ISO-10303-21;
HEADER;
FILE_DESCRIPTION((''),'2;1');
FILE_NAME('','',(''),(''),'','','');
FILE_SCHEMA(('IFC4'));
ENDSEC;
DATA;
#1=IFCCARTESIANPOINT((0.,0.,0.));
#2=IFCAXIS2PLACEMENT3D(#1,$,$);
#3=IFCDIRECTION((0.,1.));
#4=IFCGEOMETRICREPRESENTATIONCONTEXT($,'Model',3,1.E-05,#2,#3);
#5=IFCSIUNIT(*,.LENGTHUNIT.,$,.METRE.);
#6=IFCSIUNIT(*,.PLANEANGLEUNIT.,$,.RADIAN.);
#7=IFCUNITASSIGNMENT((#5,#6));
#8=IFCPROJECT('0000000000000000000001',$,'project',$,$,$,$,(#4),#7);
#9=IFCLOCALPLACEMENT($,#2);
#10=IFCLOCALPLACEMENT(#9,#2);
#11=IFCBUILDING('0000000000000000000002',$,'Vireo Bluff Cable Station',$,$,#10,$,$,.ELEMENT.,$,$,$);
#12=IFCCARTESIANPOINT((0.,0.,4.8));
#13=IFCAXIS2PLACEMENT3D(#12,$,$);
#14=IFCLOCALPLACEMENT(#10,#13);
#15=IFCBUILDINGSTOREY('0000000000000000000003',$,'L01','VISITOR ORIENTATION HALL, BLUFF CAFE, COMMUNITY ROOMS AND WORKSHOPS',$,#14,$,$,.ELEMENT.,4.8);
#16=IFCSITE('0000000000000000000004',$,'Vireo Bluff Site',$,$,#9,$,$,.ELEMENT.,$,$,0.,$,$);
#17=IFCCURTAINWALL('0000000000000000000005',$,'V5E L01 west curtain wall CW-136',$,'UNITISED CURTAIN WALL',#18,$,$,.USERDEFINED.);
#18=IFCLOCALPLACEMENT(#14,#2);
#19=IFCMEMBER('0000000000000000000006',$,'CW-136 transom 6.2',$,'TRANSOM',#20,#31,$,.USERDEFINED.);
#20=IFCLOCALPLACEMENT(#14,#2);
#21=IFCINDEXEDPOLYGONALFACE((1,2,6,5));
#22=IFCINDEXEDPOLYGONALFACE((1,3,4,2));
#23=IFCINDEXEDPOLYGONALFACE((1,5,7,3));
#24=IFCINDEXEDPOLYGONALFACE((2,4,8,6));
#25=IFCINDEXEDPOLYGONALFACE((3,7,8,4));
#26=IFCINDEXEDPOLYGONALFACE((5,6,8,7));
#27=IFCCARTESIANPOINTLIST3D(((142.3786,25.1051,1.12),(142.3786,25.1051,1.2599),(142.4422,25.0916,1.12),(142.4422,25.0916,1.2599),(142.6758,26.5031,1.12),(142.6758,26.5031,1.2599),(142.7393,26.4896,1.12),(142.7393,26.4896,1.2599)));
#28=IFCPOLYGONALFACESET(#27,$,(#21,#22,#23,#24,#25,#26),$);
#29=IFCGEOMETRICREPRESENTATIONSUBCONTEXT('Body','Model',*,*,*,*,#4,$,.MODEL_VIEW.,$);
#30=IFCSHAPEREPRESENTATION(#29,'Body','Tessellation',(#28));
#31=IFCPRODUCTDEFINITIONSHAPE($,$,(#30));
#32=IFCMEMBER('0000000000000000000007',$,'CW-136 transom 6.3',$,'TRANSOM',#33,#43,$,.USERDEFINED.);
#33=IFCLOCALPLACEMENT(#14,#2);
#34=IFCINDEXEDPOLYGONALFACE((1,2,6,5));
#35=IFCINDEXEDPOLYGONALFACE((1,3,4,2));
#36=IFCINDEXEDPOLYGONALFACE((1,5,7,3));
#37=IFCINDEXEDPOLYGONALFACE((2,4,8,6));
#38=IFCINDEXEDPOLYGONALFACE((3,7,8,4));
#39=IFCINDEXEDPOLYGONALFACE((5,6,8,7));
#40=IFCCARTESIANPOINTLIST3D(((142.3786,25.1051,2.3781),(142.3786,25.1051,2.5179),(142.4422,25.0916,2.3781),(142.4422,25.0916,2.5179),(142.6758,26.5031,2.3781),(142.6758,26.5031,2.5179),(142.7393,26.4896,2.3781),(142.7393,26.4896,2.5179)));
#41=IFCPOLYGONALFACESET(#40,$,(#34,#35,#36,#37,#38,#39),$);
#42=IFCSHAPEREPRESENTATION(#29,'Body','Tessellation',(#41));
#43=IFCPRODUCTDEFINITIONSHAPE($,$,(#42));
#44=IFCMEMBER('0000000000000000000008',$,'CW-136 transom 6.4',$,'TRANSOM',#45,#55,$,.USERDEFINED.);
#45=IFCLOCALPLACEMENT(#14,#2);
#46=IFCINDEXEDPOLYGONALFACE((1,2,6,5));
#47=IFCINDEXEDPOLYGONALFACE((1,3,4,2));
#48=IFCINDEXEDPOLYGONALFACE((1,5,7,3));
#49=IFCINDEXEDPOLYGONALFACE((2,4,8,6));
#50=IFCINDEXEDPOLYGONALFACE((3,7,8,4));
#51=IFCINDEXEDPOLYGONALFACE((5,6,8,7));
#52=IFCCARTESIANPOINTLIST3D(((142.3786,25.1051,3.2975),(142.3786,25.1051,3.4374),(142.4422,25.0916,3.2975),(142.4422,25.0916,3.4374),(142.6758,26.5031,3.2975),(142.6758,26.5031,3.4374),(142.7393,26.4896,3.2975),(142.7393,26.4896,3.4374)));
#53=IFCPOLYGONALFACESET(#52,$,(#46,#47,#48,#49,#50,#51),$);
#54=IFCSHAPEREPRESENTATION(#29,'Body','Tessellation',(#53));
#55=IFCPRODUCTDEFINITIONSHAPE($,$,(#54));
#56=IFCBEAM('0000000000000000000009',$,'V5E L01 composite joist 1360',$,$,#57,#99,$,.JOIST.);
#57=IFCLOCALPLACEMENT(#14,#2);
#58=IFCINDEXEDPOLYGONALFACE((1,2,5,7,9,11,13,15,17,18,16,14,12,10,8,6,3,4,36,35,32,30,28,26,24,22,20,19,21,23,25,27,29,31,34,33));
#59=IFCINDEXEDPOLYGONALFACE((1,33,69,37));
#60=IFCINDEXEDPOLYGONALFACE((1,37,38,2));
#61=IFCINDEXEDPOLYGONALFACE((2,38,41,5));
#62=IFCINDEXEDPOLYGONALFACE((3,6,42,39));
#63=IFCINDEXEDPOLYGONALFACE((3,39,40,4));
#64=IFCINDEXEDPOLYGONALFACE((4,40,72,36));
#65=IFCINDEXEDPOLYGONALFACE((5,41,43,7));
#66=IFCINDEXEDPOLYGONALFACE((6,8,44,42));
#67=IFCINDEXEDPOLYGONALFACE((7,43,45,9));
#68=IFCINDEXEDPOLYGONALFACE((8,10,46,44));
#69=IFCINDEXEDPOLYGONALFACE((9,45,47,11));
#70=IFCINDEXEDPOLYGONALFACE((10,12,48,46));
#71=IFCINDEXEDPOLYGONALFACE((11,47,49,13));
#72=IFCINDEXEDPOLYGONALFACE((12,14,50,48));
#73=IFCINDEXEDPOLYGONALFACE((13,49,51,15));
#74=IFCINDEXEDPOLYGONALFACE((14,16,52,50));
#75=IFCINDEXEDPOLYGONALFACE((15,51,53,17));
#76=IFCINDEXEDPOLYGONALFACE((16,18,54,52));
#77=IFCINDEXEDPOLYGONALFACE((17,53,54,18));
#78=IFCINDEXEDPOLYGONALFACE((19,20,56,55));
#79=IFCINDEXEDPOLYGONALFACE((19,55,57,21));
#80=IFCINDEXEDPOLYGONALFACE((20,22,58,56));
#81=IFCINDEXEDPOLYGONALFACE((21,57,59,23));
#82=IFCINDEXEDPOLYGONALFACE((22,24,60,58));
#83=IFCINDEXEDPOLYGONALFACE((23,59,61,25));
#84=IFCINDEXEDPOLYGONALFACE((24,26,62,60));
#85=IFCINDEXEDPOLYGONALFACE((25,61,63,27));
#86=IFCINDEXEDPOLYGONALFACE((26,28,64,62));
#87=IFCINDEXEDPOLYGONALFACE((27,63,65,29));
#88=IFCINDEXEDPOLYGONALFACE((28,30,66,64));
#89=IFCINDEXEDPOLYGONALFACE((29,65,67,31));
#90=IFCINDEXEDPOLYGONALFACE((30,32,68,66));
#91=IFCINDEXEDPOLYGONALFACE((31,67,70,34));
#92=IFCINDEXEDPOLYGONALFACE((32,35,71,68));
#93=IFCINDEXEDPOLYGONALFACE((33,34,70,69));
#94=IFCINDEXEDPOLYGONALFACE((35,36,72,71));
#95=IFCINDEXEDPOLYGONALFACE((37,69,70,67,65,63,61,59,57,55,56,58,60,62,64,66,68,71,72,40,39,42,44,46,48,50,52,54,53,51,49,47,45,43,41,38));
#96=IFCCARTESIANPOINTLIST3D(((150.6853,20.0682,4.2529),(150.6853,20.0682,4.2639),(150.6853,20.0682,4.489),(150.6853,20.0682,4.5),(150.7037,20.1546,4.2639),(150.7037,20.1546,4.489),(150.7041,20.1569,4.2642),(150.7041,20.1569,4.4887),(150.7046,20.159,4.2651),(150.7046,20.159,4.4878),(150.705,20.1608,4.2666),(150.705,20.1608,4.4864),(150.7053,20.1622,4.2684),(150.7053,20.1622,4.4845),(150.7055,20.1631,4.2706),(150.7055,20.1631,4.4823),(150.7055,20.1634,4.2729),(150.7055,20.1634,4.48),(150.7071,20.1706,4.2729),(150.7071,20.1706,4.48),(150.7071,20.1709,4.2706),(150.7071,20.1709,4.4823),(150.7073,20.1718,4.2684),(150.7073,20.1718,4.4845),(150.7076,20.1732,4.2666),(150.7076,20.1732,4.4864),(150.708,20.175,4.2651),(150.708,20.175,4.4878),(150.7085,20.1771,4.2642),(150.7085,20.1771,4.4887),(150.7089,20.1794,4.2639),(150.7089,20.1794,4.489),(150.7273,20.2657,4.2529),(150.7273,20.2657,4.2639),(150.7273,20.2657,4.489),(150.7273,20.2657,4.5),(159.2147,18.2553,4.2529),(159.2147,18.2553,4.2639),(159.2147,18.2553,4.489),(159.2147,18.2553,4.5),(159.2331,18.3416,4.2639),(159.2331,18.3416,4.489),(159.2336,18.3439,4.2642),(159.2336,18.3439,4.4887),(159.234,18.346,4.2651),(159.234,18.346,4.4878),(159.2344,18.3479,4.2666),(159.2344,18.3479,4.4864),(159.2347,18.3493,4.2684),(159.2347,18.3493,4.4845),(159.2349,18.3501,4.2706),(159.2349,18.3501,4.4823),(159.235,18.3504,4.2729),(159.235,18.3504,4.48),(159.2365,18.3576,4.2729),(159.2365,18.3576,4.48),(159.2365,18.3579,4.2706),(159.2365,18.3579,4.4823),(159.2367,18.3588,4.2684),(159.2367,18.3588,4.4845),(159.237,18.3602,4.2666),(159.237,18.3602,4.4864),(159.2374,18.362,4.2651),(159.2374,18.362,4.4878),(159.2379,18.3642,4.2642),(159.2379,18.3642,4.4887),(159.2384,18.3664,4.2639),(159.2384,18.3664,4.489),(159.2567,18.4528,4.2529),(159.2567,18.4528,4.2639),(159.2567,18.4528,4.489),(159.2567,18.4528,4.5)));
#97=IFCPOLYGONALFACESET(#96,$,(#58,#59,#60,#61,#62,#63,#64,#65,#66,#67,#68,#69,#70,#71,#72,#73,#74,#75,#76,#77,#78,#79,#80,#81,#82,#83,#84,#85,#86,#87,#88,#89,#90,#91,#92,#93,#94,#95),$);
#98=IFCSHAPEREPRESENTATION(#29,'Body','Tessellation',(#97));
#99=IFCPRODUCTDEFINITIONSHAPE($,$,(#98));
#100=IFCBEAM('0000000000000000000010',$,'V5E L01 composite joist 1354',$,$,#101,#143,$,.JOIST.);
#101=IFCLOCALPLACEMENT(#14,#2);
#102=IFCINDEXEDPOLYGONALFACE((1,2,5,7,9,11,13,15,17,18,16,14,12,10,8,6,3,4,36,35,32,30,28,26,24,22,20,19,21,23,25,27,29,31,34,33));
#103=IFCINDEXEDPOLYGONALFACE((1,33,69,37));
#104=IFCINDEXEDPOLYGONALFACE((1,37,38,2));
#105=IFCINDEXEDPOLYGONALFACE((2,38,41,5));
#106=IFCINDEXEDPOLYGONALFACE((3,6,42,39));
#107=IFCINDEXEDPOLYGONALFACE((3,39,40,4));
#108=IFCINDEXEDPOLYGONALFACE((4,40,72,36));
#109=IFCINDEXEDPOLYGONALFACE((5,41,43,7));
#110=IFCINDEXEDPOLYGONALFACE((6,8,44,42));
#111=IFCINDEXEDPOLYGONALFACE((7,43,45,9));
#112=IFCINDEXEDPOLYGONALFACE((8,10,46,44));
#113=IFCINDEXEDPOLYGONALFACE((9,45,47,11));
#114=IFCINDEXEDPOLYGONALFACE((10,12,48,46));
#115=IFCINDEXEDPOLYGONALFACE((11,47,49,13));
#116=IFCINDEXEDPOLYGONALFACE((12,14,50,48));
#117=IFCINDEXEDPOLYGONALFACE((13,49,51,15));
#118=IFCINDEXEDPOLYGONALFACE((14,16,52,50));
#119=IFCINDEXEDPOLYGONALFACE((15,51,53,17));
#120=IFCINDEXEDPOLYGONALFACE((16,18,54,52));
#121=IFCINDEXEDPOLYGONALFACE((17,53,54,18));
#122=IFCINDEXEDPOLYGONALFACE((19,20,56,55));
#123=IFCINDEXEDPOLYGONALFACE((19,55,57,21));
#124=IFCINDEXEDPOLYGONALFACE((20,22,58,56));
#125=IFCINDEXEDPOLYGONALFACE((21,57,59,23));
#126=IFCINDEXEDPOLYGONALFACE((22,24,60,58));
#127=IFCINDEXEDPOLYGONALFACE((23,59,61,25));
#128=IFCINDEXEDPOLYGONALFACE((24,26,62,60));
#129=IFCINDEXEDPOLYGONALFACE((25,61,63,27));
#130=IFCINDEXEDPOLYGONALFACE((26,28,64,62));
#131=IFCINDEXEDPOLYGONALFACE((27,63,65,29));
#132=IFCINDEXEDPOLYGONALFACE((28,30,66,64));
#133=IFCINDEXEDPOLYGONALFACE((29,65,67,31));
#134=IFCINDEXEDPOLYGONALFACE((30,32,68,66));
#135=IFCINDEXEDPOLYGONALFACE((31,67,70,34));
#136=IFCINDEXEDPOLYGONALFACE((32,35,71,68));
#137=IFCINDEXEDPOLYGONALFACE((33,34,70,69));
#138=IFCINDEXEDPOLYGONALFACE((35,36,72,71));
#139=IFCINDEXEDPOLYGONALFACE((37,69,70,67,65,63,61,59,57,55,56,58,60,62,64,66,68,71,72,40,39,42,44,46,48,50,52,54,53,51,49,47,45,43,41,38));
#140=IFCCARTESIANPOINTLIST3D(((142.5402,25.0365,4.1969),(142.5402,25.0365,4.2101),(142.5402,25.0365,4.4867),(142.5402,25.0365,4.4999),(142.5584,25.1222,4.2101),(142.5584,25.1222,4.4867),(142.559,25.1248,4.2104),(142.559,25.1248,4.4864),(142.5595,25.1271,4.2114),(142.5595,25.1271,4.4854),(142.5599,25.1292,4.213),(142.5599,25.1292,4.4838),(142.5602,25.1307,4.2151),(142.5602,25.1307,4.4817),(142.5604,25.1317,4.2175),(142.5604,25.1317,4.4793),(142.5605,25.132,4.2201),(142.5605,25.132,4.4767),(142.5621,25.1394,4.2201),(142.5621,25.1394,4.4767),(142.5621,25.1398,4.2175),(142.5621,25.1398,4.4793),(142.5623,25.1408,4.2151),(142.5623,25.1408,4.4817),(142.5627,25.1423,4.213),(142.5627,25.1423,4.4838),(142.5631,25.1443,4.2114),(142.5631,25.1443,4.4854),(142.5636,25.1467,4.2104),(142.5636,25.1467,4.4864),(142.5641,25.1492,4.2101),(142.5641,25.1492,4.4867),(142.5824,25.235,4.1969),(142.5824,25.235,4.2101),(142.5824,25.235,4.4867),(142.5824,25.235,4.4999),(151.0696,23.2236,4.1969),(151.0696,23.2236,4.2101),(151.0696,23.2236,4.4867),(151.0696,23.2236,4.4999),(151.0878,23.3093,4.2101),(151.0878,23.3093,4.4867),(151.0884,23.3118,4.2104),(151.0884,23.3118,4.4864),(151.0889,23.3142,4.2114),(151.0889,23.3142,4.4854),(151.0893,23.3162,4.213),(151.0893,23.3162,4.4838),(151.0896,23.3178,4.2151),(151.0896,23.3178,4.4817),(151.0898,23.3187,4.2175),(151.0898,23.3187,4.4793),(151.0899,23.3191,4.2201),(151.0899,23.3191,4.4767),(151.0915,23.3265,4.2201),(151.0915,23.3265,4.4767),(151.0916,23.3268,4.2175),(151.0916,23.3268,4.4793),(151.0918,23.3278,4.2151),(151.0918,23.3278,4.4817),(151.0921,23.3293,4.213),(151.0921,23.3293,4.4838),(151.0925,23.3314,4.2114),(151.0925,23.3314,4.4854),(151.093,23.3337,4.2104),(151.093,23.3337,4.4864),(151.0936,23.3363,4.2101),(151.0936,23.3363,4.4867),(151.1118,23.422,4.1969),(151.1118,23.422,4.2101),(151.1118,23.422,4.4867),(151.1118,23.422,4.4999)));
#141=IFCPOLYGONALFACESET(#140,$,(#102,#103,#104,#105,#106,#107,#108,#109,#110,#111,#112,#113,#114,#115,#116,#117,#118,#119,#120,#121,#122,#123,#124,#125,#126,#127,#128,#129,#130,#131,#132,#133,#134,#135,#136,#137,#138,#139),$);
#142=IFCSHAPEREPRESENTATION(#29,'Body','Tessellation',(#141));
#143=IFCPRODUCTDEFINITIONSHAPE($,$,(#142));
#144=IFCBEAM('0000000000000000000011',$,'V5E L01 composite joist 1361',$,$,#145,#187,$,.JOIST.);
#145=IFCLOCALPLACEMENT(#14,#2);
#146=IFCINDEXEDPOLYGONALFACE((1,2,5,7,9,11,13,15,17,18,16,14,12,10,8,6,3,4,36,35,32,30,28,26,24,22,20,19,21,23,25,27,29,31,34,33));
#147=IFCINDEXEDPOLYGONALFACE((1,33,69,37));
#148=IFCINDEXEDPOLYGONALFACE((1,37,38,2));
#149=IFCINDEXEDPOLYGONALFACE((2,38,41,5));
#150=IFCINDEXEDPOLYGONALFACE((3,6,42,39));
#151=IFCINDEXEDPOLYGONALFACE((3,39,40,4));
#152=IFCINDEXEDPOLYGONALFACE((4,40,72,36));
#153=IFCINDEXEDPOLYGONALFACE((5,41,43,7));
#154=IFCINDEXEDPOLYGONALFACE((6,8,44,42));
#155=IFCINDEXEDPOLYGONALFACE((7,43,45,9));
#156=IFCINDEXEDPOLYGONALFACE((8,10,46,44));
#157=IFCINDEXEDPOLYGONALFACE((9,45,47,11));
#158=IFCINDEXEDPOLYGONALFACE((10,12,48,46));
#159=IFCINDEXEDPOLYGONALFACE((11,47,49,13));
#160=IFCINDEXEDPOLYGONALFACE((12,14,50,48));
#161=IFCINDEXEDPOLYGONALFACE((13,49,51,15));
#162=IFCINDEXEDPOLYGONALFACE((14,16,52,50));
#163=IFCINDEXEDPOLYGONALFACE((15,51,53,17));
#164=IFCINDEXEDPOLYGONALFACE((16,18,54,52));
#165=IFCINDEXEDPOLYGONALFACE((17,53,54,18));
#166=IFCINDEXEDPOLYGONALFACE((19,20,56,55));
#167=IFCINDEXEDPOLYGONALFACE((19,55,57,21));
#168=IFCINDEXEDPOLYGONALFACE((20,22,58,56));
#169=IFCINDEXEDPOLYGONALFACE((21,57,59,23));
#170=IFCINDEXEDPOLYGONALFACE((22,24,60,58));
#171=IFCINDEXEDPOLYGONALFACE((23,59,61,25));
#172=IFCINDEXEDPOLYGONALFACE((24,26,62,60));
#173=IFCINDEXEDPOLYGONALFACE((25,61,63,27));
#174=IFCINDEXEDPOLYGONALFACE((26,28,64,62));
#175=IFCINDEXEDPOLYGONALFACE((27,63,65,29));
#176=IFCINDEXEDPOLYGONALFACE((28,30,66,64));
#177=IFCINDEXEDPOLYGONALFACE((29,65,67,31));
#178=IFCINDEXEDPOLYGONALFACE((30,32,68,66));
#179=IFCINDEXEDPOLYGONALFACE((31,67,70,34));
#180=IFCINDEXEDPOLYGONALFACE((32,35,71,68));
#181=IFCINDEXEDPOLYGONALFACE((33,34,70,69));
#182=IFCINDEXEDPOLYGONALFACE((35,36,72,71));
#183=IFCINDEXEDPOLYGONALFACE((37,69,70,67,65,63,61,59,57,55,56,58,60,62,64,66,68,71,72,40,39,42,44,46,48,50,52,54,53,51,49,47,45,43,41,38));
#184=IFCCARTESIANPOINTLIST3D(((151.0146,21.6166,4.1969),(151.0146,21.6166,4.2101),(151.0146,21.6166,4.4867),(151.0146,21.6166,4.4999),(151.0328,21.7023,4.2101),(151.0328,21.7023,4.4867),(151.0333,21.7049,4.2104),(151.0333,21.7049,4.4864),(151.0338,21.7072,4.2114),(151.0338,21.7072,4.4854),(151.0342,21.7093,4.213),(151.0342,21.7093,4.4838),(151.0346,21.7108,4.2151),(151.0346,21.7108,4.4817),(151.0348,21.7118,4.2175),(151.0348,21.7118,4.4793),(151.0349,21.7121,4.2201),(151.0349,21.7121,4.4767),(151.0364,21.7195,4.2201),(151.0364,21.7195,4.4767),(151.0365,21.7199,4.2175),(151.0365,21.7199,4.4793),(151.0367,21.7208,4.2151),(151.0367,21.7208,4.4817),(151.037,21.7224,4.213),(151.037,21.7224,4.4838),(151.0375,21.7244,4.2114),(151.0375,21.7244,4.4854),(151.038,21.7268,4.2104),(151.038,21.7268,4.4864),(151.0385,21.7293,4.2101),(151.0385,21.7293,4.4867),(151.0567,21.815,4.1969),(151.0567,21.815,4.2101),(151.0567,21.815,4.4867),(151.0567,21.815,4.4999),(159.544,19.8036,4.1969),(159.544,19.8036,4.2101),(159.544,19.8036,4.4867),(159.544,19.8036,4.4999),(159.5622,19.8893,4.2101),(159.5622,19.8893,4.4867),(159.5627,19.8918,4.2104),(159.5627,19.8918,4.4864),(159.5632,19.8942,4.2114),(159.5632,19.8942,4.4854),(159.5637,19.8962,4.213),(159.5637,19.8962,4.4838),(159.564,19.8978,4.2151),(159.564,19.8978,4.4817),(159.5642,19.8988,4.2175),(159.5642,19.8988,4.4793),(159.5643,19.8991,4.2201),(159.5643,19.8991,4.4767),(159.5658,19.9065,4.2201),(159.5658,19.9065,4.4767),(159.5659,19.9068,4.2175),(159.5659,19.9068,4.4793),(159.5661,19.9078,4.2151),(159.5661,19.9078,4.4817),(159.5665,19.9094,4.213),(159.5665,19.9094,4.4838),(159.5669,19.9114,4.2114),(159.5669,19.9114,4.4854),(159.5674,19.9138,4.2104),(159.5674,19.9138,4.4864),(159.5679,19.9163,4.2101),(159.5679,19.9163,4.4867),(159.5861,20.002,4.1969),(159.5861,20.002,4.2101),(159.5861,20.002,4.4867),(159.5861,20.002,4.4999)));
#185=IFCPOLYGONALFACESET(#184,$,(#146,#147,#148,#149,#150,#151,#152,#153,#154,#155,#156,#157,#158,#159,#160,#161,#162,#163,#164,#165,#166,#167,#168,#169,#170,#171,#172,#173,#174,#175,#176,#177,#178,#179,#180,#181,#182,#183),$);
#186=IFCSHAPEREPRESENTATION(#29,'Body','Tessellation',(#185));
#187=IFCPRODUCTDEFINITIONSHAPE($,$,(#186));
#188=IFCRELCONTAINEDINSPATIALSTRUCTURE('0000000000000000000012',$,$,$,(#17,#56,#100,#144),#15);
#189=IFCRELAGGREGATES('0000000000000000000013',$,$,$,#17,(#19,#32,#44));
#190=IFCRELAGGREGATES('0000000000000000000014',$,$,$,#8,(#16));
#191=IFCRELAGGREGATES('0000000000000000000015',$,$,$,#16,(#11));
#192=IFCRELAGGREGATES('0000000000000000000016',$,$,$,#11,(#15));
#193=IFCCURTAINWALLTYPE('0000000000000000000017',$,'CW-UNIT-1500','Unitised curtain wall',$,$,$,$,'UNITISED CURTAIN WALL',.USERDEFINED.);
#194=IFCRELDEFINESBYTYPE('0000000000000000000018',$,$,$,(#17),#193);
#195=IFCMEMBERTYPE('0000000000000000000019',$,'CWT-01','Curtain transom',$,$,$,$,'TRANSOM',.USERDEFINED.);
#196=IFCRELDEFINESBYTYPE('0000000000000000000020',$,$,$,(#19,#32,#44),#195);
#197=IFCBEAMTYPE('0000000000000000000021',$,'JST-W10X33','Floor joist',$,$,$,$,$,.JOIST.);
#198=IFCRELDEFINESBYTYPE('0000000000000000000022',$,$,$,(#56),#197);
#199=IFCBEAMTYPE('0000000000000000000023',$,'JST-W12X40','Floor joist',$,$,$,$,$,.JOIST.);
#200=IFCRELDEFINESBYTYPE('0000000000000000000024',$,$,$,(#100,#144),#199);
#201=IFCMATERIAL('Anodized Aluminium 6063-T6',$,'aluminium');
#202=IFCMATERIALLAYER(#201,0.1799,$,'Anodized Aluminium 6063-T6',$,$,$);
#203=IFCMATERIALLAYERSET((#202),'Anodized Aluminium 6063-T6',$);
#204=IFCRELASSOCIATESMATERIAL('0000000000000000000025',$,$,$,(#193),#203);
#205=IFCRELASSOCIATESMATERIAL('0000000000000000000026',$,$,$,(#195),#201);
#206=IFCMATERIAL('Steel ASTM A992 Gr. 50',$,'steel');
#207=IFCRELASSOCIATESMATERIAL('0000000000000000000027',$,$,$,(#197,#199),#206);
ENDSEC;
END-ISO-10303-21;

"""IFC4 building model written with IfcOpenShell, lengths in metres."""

from ifc_helpers import new_model, si_unit, direction, frame, origin, origin_2d, place, context, subcontext, project, spatial, rectangle, i_section, extrude, material, layer, layer_set, material_profile, profile_set, type_object, element, aggregate, save


model = new_model("IFC4")

# Units and contexts
model_context = context("Model", 3, precision=1e-05, world=origin(), true_north=direction((0.0, 1.0)))
body_context = subcontext(model_context, "Body", "Model", "MODEL_VIEW")
ifc_project = project(units=[si_unit("LENGTHUNIT", "METRE"), si_unit("PLANEANGLEUNIT", "RADIAN")], contexts=[model_context])

# Site, building, storey
site_placement = place(None, origin())
site = spatial("IfcSite", under=ifc_project, at=site_placement, Name="Vireo Bluff Site", CompositionType="ELEMENT", RefElevation=0.0)
building_placement = place(site_placement, origin())
building = spatial("IfcBuilding", under=site, at=building_placement, Name="Vireo Bluff Cable Station", CompositionType="ELEMENT")
storey_placement = place(building_placement, frame((0.0, 0.0, 4.8)))
storey = spatial("IfcBuildingStorey", under=building, at=storey_placement, Name="L01", Description="VISITOR ORIENTATION HALL, BLUFF CAFE, COMMUNITY ROOMS AND WORKSHOPS", CompositionType="ELEMENT", Elevation=4.8)

# Shared definitions
ifc_material_1 = material(Name="Steel ASTM A992 Gr. 50", Category="steel")

# Curtain wall, members
ifc_material_2 = material(Name="Anodized Aluminium 6063-T6", Category="aluminium")
ifc_layer_1 = layer(ifc_material_2, 0.1799, Name="Anodized Aluminium 6063-T6")
ifc_layer_set_1 = layer_set([ifc_layer_1], Name="Anodized Aluminium 6063-T6")
curtain_wall_type = type_object("IfcCurtainWallType", Name="CW-UNIT-1500", Description="Unitised curtain wall", ElementType="UNITISED CURTAIN WALL", PredefinedType="USERDEFINED", material=ifc_layer_set_1)
curtain_wall_placement = place(storey_placement, origin())
curtain_wall = element("IfcCurtainWall", 1, at=curtain_wall_placement, inside=storey, type_object=curtain_wall_type, Name="V5E L01 west curtain wall CW-136", ObjectType="UNITISED CURTAIN WALL", PredefinedType="USERDEFINED")
ifc_material_profile_1 = material_profile(ifc_material_2, rectangle(XDim=0.0649, YDim=0.1399, at=origin_2d()), Name="ALU-T-65X140")
ifc_profile_set_1 = profile_set([ifc_material_profile_1], Name="Anodized Aluminium 6063-T6")
member_type_1 = type_object("IfcMemberType", Name="CWT-01", Description="Curtain transom", ElementType="TRANSOM", PredefinedType="USERDEFINED", material=ifc_profile_set_1)
member_1_placement = place(storey_placement, frame((142.4104, 25.0984, 1.1899), z_axis=(0.207896, 0.978151, 0.0), x_axis=(-0.978151, 0.207896, 0.0)))
member_1 = element("IfcMember", 2, at=member_1_placement, type_object=member_type_1, Name="CW-136 transom 6.2", ObjectType="TRANSOM", PredefinedType="USERDEFINED", context=body_context, shape_type="SweptSolid", body=[
    extrude(rectangle(XDim=0.0649, YDim=0.1399, at=origin_2d()), origin(), (0.0, 0.0, 1.0), 1.4292),
])
member_2_placement = place(storey_placement, frame((142.4104, 25.0984, 2.448), z_axis=(0.207896, 0.978151, 0.0), x_axis=(-0.978151, 0.207896, 0.0)))
member_2 = element("IfcMember", 3, at=member_2_placement, type_object=member_type_1, Name="CW-136 transom 6.3", ObjectType="TRANSOM", PredefinedType="USERDEFINED", context=body_context, shape_type="SweptSolid", body=[
    extrude(rectangle(XDim=0.0649, YDim=0.1399, at=origin_2d()), origin(), (0.0, 0.0, 1.0), 1.4292),
])
member_3_placement = place(storey_placement, frame((142.4104, 25.0984, 3.3674), z_axis=(0.207896, 0.978151, 0.0), x_axis=(-0.978151, 0.207896, 0.0)))
member_3 = element("IfcMember", 4, at=member_3_placement, type_object=member_type_1, Name="CW-136 transom 6.4", ObjectType="TRANSOM", PredefinedType="USERDEFINED", context=body_context, shape_type="SweptSolid", body=[
    extrude(rectangle(XDim=0.0649, YDim=0.1399, at=origin_2d()), origin(), (0.0, 0.0, 1.0), 1.4292),
])

# Beams
ifc_material_profile_2 = material_profile(ifc_material_1, i_section(OverallWidth=0.2019, OverallDepth=0.2471, WebThickness=0.0073, FlangeThickness=0.011, FilletRadius=0.009, at=origin_2d()), Name="W10X33")
ifc_profile_set_2 = profile_set([ifc_material_profile_2], Name="Steel ASTM A992 Gr. 50")
beam_type_1 = type_object("IfcBeamType", Name="JST-W10X33", Description="Floor joist", PredefinedType="JOIST", material=ifc_profile_set_2)
beam_1_placement = place(storey_placement, frame((150.7063, 20.167, 4.3765), z_axis=(0.978148, -0.207909, 0.0), x_axis=(0.207909, 0.978148, 0.0)))
element("IfcBeam", 5, at=beam_1_placement, inside=storey, type_object=beam_type_1, Name="V5E L01 composite joist 1360", PredefinedType="JOIST", context=body_context, shape_type="SweptSolid", body=[
    extrude(i_section(OverallWidth=0.2019, OverallDepth=0.2471, WebThickness=0.0073, FlangeThickness=0.011, FilletRadius=0.009, at=origin_2d()), origin(), (0.0, 0.0, 1.0), 8.72),
])
ifc_material_profile_3 = material_profile(ifc_material_1, i_section(OverallWidth=0.2029, OverallDepth=0.303, WebThickness=0.0076, FlangeThickness=0.0132, FilletRadius=0.01, at=origin_2d()), Name="W12X40")
ifc_profile_set_3 = profile_set([ifc_material_profile_3], Name="Steel ASTM A992 Gr. 50")
beam_type_2 = type_object("IfcBeamType", Name="JST-W12X40", Description="Floor joist", PredefinedType="JOIST", material=ifc_profile_set_3)
for number, where, z_axis, x_axis, name in (
    (6, (142.5613, 25.1357, 4.3484), (0.978148, -0.207909, 0.0), (0.207909, 0.978148, 0.0), "V5E L01 composite joist 1354"),
    (7, (151.0356, 21.7158, 4.3484), (0.978147, -0.207915, 0.0), (0.207915, 0.978147, 0.0), "V5E L01 composite joist 1361"),
):
    element("IfcBeam", number, at=place(storey_placement, frame(where, z_axis=z_axis, x_axis=x_axis)), inside=storey, type_object=beam_type_2, Name=name, PredefinedType="JOIST", context=body_context, shape_type="SweptSolid", body=[
        extrude(i_section(OverallWidth=0.2029, OverallDepth=0.303, WebThickness=0.0076, FlangeThickness=0.0132, FilletRadius=0.01, at=origin_2d()), origin(), (0.0, 0.0, 1.0), 8.72),
    ])

aggregate(curtain_wall, [member_1, member_2, member_3])

save(model, "model.ifc")
